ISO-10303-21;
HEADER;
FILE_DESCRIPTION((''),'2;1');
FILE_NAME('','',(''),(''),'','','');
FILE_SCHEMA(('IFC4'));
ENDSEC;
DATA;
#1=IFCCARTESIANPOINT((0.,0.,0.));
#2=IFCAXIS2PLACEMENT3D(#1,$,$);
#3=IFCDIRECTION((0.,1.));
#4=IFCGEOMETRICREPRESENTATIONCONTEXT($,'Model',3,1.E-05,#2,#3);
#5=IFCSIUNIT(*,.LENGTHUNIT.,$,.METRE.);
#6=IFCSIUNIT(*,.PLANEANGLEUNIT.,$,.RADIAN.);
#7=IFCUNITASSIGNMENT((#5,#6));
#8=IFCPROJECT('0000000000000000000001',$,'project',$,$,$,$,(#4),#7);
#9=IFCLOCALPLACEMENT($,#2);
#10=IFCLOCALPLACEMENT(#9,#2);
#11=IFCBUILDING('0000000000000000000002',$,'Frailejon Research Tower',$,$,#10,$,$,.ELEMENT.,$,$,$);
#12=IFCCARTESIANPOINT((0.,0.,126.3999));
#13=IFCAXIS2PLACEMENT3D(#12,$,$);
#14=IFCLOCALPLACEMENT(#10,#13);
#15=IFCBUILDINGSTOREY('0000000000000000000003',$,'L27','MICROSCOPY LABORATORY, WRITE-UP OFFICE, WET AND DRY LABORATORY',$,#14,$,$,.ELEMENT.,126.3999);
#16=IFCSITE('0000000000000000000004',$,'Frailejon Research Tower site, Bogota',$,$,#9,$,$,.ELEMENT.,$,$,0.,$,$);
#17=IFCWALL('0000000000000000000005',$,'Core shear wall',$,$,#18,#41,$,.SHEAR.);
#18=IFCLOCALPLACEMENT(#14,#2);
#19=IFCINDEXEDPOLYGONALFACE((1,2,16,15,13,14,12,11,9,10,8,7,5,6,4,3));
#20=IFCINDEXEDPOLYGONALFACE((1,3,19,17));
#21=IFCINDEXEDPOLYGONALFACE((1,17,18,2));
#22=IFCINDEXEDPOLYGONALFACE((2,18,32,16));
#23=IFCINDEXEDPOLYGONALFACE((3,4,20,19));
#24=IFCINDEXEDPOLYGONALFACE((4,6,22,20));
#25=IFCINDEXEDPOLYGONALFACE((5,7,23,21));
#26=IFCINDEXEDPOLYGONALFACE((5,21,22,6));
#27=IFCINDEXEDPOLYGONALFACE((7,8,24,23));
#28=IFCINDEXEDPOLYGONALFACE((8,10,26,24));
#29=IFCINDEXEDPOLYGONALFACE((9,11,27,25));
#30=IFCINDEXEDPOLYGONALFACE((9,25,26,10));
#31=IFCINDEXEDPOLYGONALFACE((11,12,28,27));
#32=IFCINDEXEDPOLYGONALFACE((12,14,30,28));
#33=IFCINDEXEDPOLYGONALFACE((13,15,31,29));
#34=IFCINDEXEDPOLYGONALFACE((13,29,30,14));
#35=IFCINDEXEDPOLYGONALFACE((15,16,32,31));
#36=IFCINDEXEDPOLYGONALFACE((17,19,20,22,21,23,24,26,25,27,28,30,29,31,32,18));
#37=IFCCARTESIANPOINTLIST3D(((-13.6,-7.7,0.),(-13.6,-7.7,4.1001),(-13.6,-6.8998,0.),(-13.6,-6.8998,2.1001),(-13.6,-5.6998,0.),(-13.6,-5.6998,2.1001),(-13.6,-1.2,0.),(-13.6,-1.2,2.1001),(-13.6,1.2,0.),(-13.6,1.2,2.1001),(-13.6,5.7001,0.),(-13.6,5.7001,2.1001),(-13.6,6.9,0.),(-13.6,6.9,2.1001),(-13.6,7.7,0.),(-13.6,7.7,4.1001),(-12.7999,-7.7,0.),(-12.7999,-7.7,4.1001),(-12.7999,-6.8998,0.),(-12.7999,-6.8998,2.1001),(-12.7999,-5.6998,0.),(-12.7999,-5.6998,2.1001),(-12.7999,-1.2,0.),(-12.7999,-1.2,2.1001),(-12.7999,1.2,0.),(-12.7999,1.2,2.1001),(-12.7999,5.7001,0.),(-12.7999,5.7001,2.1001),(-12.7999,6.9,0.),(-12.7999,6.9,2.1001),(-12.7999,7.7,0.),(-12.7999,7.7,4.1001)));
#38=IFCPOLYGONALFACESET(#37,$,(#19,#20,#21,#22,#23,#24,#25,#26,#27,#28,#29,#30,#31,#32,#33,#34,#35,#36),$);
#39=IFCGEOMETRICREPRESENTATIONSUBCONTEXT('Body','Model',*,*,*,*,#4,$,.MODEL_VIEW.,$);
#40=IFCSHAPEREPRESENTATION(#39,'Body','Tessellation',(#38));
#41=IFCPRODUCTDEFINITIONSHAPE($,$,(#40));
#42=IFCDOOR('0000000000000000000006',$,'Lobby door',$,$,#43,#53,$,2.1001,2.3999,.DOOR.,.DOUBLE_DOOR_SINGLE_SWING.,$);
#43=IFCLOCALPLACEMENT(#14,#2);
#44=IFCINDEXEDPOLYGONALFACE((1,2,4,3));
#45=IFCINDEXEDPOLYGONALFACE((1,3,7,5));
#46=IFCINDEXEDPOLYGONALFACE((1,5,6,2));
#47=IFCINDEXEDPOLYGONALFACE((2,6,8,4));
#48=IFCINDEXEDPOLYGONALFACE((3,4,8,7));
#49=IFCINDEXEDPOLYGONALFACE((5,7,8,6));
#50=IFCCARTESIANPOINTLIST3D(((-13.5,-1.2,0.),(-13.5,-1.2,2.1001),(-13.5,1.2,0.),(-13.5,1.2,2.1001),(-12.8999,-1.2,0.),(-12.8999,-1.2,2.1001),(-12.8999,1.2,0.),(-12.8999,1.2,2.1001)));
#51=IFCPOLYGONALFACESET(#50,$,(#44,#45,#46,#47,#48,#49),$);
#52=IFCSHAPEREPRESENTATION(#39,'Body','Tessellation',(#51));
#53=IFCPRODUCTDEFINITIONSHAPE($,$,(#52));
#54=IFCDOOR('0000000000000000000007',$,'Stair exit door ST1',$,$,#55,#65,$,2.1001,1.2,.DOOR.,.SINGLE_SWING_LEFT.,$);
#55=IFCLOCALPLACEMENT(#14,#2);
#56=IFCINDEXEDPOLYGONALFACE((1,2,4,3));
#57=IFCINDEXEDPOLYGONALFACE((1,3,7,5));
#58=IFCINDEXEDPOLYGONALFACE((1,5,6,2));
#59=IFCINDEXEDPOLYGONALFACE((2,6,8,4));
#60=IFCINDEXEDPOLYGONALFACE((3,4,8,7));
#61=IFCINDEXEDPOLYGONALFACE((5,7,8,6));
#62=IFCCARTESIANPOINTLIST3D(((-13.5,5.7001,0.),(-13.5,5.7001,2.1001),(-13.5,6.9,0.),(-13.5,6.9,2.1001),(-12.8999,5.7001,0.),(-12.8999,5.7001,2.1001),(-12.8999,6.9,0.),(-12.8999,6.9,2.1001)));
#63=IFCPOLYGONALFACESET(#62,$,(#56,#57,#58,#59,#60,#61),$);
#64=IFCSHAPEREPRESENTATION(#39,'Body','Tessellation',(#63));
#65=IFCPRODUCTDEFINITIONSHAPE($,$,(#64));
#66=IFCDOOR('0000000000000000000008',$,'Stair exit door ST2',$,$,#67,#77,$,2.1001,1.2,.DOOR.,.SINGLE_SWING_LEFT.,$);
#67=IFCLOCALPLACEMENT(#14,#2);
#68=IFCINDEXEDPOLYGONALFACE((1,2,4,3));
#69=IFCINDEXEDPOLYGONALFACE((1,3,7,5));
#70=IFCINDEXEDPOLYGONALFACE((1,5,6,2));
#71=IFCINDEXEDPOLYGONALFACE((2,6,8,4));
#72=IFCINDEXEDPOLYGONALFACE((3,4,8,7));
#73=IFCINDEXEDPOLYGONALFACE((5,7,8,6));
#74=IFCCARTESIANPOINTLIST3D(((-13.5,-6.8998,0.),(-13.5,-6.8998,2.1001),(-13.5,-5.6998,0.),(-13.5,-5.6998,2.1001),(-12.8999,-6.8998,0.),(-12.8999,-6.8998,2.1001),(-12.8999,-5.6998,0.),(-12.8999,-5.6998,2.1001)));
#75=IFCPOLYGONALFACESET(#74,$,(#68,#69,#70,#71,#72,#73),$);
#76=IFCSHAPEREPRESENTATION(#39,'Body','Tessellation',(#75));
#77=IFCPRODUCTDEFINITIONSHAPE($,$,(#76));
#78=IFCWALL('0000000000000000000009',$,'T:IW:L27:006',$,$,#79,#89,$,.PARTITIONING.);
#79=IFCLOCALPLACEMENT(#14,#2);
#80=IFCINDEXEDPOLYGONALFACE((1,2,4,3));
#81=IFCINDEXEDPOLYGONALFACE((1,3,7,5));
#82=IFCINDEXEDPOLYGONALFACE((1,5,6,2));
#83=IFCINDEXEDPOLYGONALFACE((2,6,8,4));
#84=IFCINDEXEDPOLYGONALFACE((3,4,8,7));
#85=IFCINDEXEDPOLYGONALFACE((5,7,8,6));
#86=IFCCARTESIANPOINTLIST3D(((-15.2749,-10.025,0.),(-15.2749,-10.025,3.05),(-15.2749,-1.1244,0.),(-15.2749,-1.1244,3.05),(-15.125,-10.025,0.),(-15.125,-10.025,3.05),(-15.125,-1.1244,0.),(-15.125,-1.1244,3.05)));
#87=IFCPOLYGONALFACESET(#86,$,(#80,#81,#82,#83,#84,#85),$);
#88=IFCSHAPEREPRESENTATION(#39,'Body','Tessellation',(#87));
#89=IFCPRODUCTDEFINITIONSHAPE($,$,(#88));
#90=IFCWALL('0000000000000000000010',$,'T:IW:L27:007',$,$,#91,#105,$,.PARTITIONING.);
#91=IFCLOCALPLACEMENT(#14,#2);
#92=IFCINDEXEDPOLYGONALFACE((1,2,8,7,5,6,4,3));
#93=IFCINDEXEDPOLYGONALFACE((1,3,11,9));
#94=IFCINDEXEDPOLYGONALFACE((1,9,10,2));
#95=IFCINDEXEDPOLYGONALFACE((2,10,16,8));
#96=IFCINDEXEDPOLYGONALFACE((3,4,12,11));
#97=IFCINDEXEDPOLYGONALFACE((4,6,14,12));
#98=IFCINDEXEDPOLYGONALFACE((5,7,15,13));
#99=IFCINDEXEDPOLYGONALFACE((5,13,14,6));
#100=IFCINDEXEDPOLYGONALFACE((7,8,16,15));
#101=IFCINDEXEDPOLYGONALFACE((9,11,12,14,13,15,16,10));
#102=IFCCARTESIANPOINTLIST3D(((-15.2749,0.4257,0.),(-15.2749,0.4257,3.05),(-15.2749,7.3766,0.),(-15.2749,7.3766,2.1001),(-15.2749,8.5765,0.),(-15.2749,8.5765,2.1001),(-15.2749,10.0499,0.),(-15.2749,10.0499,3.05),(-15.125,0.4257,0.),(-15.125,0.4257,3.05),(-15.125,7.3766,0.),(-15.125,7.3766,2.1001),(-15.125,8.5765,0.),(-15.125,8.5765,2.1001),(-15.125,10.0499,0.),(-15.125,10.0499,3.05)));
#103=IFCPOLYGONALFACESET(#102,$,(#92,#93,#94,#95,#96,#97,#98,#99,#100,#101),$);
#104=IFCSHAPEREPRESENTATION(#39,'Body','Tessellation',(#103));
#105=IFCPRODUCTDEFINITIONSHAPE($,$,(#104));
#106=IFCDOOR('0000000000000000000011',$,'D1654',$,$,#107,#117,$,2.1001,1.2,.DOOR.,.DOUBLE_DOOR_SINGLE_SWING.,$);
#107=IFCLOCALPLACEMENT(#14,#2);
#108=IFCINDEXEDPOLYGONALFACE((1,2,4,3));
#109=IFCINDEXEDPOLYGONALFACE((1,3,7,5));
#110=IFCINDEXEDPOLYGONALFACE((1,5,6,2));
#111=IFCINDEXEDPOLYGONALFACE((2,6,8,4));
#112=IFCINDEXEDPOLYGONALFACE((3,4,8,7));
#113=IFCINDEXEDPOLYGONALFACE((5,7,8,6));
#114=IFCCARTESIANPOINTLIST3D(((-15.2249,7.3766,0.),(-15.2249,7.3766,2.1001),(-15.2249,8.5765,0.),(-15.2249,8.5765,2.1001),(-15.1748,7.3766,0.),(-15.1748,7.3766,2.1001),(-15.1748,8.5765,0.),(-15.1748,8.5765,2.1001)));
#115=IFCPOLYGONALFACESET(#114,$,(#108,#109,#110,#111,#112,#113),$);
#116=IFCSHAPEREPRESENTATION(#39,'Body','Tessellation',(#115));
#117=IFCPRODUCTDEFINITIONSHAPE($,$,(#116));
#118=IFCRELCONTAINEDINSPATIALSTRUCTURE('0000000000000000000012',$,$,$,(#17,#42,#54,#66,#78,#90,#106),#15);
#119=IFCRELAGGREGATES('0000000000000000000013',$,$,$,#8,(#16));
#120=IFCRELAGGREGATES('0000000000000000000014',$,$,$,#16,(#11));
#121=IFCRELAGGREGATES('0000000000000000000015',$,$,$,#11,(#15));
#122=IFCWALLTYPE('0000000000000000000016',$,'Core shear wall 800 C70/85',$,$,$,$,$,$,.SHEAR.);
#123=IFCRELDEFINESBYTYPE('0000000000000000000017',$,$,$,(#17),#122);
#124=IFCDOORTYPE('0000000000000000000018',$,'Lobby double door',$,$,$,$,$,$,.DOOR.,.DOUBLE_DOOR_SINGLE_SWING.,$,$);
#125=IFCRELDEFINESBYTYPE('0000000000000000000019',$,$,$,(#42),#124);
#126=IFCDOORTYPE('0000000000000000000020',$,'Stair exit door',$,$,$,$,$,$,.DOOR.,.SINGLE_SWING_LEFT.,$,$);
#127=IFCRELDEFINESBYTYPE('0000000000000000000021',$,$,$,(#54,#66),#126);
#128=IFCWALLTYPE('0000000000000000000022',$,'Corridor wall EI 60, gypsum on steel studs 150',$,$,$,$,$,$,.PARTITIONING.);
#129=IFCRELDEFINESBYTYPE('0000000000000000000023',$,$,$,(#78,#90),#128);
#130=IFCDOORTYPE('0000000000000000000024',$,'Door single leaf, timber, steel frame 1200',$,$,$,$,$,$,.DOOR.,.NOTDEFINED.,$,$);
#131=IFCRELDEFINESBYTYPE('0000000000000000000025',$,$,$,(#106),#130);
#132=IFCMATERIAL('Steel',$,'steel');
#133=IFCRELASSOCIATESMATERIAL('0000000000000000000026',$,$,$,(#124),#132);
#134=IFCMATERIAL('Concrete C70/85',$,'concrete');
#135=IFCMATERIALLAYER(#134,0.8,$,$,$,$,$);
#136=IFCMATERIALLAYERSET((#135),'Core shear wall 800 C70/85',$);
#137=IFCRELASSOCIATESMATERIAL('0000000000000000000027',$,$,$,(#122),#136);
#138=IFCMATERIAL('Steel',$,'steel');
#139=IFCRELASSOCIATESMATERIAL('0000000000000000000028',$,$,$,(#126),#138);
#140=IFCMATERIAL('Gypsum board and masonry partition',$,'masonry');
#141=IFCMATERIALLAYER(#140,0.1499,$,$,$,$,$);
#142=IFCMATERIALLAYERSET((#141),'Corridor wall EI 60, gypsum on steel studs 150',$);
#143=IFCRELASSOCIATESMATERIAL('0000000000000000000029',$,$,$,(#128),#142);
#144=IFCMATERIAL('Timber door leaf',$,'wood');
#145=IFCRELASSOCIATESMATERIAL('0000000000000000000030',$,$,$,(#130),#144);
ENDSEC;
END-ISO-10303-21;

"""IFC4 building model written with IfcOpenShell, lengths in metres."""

from ifc_helpers import new_model, si_unit, direction, frame, frame_2d, origin, place, context, subcontext, project, spatial, rectangle, extrude, material, layer, layer_set, type_object, element, fill, save


model = new_model("IFC4")

# Units and contexts
model_context = context("Model", 3, precision=1e-05, world=origin(), true_north=direction((0.0, 1.0)))
body_context = subcontext(model_context, "Body", "Model", "MODEL_VIEW")
ifc_project = project(units=[si_unit("LENGTHUNIT", "METRE"), si_unit("PLANEANGLEUNIT", "RADIAN")], contexts=[model_context])

# Site, building, storey
site_placement = place(None, origin())
site = spatial("IfcSite", under=ifc_project, at=site_placement, Name="Frailejon Research Tower site, Bogota", CompositionType="ELEMENT", RefElevation=0.0)
building_placement = place(site_placement, origin())
building = spatial("IfcBuilding", under=site, at=building_placement, Name="Frailejon Research Tower", CompositionType="ELEMENT")
storey_placement = place(building_placement, frame((0.0, 0.0, 126.3999)))
storey = spatial("IfcBuildingStorey", under=building, at=storey_placement, Name="L27", Description="MICROSCOPY LABORATORY, WRITE-UP OFFICE, WET AND DRY LABORATORY", CompositionType="ELEMENT", Elevation=126.3999)

# Shared definitions
ifc_material_1 = material(Name="Steel", Category="steel")
door_type_1 = type_object("IfcDoorType", Name="Lobby double door", OperationType="DOUBLE_DOOR_SINGLE_SWING", PredefinedType="DOOR", material=ifc_material_1)

# Shared definitions
ifc_material_2 = material(Name="Concrete C70/85", Category="concrete")
ifc_layer_1 = layer(ifc_material_2, 0.8)
ifc_layer_set_1 = layer_set([ifc_layer_1], Name="Core shear wall 800 C70/85")
wall_type_1 = type_object("IfcWallType", Name="Core shear wall 800 C70/85", PredefinedType="SHEAR", material=ifc_layer_set_1)

# Wall, openings, doors
wall_1_placement = place(storey_placement, frame((-13.2, -7.7, 0.0), z_axis=(0.0, 0.0, 1.0), x_axis=(0.0, 1.0, 0.0)))
wall_1 = element("IfcWall", 1, at=wall_1_placement, inside=storey, type_object=wall_type_1, Name="Core shear wall", PredefinedType="SHEAR", context=body_context, shape_type="SweptSolid", body=[
    extrude(rectangle(XDim=15.3999, YDim=0.8, at=frame_2d((7.7, 0.0))), origin(), (0.0, 0.0, 1.0), 4.1001),
])
opening_1_placement = place(wall_1_placement, frame((6.5, 0.0, 0.0)))
opening_1 = element("IfcOpeningElement", 2, at=opening_1_placement, cuts=wall_1, PredefinedType="OPENING", context=body_context, shape_type="SweptSolid", body=[
    extrude(rectangle(XDim=2.3999, YDim=2.1001, at=frame_2d((1.2, 1.05))), frame((0.0, 0.4099, 0.0), z_axis=(0.0, -1.0, 0.0), x_axis=(1.0, 0.0, 0.0)), (0.0, 0.0, 1.0), 0.8201),
])
opening_2_placement = place(wall_1_placement, frame((13.3999, 0.0, 0.0)))
opening_2 = element("IfcOpeningElement", 3, at=opening_2_placement, cuts=wall_1, PredefinedType="OPENING", context=body_context, shape_type="SweptSolid", body=[
    extrude(rectangle(XDim=1.2, YDim=2.1001, at=frame_2d((0.6001, 1.05))), frame((0.0, 0.4099, 0.0), z_axis=(0.0, -1.0, 0.0), x_axis=(1.0, 0.0, 0.0)), (0.0, 0.0, 1.0), 0.8201),
])
opening_3_placement = place(wall_1_placement, frame((0.8, 0.0, 0.0)))
opening_3 = element("IfcOpeningElement", 4, at=opening_3_placement, cuts=wall_1, PredefinedType="OPENING", context=body_context, shape_type="SweptSolid", body=[
    extrude(rectangle(XDim=1.2, YDim=2.1001, at=frame_2d((0.6001, 1.05))), frame((0.0, 0.4099, 0.0), z_axis=(0.0, -1.0, 0.0), x_axis=(1.0, 0.0, 0.0)), (0.0, 0.0, 1.0), 0.8201),
])
door_1_placement = place(opening_1_placement, origin())
door_1 = element("IfcDoor", 5, at=door_1_placement, inside=storey, type_object=door_type_1, Name="Lobby door", OperationType="DOUBLE_DOOR_SINGLE_SWING", OverallHeight=2.1001, OverallWidth=2.3999, PredefinedType="DOOR", context=body_context, shape_type="SweptSolid", body=[
    extrude(rectangle(XDim=2.3999, YDim=2.1001, at=frame_2d((1.2, 1.05))), frame((0.0, 0.3, 0.0), z_axis=(0.0, -1.0, 0.0), x_axis=(1.0, 0.0, 0.0)), (0.0, 0.0, 1.0), 0.6001),
])
fill(opening_1, door_1)
ifc_material_3 = material(Name="Steel", Category="steel")
door_type_2 = type_object("IfcDoorType", Name="Stair exit door", OperationType="SINGLE_SWING_LEFT", PredefinedType="DOOR", material=ifc_material_3)
door_2_placement = place(opening_2_placement, origin())
door_2 = element("IfcDoor", 6, at=door_2_placement, inside=storey, type_object=door_type_2, Name="Stair exit door ST1", OperationType="SINGLE_SWING_LEFT", OverallHeight=2.1001, OverallWidth=1.2, PredefinedType="DOOR", context=body_context, shape_type="SweptSolid", body=[
    extrude(rectangle(XDim=1.2, YDim=2.1001, at=frame_2d((0.6001, 1.05))), frame((0.0, 0.3, 0.0), z_axis=(0.0, -1.0, 0.0), x_axis=(1.0, 0.0, 0.0)), (0.0, 0.0, 1.0), 0.6001),
])
fill(opening_2, door_2)
door_3_placement = place(opening_3_placement, origin())
door_3 = element("IfcDoor", 7, at=door_3_placement, inside=storey, type_object=door_type_2, Name="Stair exit door ST2", OperationType="SINGLE_SWING_LEFT", OverallHeight=2.1001, OverallWidth=1.2, PredefinedType="DOOR", context=body_context, shape_type="SweptSolid", body=[
    extrude(rectangle(XDim=1.2, YDim=2.1001, at=frame_2d((0.6001, 1.05))), frame((0.0, 0.3, 0.0), z_axis=(0.0, -1.0, 0.0), x_axis=(1.0, 0.0, 0.0)), (0.0, 0.0, 1.0), 0.6001),
])
fill(opening_3, door_3)

# Wall
ifc_material_4 = material(Name="Gypsum board and masonry partition", Category="masonry")
ifc_layer_2 = layer(ifc_material_4, 0.1499)
ifc_layer_set_2 = layer_set([ifc_layer_2], Name="Corridor wall EI 60, gypsum on steel studs 150")
wall_type_2 = type_object("IfcWallType", Name="Corridor wall EI 60, gypsum on steel studs 150", PredefinedType="PARTITIONING", material=ifc_layer_set_2)
wall_2_placement = place(storey_placement, frame((-15.2, -10.0249, 0.0), z_axis=(0.0, 0.0, 1.0), x_axis=(0.0, 1.0, 0.0)))
element("IfcWall", 8, at=wall_2_placement, inside=storey, type_object=wall_type_2, Name="T:IW:L27:006", PredefinedType="PARTITIONING", context=body_context, shape_type="SweptSolid", body=[
    extrude(rectangle(XDim=8.9006, YDim=0.1499, at=frame_2d((4.4502, 0.0))), origin(), (0.0, 0.0, 1.0), 3.05),
])

# Wall, opening, door
wall_3_placement = place(storey_placement, frame((-15.2, 0.4258, 0.0), z_axis=(0.0, 0.0, 1.0), x_axis=(0.0, 1.0, 0.0)))
wall_3 = element("IfcWall", 9, at=wall_3_placement, inside=storey, type_object=wall_type_2, Name="T:IW:L27:007", PredefinedType="PARTITIONING", context=body_context, shape_type="SweptSolid", body=[
    extrude(rectangle(XDim=9.6243, YDim=0.1499, at=frame_2d((4.812, 0.0))), origin(), (0.0, 0.0, 1.0), 3.05),
])
opening_4_placement = place(wall_3_placement, frame((6.9507, 0.0, 0.0)))
opening_4 = element("IfcOpeningElement", 10, at=opening_4_placement, cuts=wall_3, PredefinedType="OPENING", context=body_context, shape_type="SweptSolid", body=[
    extrude(rectangle(XDim=1.2, YDim=2.1001, at=frame_2d((0.6001, 1.05))), frame((0.0, 0.085, 0.0), z_axis=(0.0, -1.0, 0.0), x_axis=(1.0, 0.0, 0.0)), (0.0, 0.0, 1.0), 0.1699),
])
ifc_material_5 = material(Name="Timber door leaf", Category="wood")
door_type_3 = type_object("IfcDoorType", Name="Door single leaf, timber, steel frame 1200", OperationType="NOTDEFINED", PredefinedType="DOOR", material=ifc_material_5)
door_4_placement = place(opening_4_placement, origin())
door_4 = element("IfcDoor", 11, at=door_4_placement, inside=storey, type_object=door_type_3, Name="D1654", OperationType="DOUBLE_DOOR_SINGLE_SWING", OverallHeight=2.1001, OverallWidth=1.2, PredefinedType="DOOR", context=body_context, shape_type="SweptSolid", body=[
    extrude(rectangle(XDim=1.2, YDim=2.1001, at=frame_2d((0.6001, 1.05))), frame((0.0, 0.0249, 0.0), z_axis=(0.0, -1.0, 0.0), x_axis=(1.0, 0.0, 0.0)), (0.0, 0.0, 1.0), 0.05),
])
fill(opening_4, door_4)

save(model, "model.ifc")
